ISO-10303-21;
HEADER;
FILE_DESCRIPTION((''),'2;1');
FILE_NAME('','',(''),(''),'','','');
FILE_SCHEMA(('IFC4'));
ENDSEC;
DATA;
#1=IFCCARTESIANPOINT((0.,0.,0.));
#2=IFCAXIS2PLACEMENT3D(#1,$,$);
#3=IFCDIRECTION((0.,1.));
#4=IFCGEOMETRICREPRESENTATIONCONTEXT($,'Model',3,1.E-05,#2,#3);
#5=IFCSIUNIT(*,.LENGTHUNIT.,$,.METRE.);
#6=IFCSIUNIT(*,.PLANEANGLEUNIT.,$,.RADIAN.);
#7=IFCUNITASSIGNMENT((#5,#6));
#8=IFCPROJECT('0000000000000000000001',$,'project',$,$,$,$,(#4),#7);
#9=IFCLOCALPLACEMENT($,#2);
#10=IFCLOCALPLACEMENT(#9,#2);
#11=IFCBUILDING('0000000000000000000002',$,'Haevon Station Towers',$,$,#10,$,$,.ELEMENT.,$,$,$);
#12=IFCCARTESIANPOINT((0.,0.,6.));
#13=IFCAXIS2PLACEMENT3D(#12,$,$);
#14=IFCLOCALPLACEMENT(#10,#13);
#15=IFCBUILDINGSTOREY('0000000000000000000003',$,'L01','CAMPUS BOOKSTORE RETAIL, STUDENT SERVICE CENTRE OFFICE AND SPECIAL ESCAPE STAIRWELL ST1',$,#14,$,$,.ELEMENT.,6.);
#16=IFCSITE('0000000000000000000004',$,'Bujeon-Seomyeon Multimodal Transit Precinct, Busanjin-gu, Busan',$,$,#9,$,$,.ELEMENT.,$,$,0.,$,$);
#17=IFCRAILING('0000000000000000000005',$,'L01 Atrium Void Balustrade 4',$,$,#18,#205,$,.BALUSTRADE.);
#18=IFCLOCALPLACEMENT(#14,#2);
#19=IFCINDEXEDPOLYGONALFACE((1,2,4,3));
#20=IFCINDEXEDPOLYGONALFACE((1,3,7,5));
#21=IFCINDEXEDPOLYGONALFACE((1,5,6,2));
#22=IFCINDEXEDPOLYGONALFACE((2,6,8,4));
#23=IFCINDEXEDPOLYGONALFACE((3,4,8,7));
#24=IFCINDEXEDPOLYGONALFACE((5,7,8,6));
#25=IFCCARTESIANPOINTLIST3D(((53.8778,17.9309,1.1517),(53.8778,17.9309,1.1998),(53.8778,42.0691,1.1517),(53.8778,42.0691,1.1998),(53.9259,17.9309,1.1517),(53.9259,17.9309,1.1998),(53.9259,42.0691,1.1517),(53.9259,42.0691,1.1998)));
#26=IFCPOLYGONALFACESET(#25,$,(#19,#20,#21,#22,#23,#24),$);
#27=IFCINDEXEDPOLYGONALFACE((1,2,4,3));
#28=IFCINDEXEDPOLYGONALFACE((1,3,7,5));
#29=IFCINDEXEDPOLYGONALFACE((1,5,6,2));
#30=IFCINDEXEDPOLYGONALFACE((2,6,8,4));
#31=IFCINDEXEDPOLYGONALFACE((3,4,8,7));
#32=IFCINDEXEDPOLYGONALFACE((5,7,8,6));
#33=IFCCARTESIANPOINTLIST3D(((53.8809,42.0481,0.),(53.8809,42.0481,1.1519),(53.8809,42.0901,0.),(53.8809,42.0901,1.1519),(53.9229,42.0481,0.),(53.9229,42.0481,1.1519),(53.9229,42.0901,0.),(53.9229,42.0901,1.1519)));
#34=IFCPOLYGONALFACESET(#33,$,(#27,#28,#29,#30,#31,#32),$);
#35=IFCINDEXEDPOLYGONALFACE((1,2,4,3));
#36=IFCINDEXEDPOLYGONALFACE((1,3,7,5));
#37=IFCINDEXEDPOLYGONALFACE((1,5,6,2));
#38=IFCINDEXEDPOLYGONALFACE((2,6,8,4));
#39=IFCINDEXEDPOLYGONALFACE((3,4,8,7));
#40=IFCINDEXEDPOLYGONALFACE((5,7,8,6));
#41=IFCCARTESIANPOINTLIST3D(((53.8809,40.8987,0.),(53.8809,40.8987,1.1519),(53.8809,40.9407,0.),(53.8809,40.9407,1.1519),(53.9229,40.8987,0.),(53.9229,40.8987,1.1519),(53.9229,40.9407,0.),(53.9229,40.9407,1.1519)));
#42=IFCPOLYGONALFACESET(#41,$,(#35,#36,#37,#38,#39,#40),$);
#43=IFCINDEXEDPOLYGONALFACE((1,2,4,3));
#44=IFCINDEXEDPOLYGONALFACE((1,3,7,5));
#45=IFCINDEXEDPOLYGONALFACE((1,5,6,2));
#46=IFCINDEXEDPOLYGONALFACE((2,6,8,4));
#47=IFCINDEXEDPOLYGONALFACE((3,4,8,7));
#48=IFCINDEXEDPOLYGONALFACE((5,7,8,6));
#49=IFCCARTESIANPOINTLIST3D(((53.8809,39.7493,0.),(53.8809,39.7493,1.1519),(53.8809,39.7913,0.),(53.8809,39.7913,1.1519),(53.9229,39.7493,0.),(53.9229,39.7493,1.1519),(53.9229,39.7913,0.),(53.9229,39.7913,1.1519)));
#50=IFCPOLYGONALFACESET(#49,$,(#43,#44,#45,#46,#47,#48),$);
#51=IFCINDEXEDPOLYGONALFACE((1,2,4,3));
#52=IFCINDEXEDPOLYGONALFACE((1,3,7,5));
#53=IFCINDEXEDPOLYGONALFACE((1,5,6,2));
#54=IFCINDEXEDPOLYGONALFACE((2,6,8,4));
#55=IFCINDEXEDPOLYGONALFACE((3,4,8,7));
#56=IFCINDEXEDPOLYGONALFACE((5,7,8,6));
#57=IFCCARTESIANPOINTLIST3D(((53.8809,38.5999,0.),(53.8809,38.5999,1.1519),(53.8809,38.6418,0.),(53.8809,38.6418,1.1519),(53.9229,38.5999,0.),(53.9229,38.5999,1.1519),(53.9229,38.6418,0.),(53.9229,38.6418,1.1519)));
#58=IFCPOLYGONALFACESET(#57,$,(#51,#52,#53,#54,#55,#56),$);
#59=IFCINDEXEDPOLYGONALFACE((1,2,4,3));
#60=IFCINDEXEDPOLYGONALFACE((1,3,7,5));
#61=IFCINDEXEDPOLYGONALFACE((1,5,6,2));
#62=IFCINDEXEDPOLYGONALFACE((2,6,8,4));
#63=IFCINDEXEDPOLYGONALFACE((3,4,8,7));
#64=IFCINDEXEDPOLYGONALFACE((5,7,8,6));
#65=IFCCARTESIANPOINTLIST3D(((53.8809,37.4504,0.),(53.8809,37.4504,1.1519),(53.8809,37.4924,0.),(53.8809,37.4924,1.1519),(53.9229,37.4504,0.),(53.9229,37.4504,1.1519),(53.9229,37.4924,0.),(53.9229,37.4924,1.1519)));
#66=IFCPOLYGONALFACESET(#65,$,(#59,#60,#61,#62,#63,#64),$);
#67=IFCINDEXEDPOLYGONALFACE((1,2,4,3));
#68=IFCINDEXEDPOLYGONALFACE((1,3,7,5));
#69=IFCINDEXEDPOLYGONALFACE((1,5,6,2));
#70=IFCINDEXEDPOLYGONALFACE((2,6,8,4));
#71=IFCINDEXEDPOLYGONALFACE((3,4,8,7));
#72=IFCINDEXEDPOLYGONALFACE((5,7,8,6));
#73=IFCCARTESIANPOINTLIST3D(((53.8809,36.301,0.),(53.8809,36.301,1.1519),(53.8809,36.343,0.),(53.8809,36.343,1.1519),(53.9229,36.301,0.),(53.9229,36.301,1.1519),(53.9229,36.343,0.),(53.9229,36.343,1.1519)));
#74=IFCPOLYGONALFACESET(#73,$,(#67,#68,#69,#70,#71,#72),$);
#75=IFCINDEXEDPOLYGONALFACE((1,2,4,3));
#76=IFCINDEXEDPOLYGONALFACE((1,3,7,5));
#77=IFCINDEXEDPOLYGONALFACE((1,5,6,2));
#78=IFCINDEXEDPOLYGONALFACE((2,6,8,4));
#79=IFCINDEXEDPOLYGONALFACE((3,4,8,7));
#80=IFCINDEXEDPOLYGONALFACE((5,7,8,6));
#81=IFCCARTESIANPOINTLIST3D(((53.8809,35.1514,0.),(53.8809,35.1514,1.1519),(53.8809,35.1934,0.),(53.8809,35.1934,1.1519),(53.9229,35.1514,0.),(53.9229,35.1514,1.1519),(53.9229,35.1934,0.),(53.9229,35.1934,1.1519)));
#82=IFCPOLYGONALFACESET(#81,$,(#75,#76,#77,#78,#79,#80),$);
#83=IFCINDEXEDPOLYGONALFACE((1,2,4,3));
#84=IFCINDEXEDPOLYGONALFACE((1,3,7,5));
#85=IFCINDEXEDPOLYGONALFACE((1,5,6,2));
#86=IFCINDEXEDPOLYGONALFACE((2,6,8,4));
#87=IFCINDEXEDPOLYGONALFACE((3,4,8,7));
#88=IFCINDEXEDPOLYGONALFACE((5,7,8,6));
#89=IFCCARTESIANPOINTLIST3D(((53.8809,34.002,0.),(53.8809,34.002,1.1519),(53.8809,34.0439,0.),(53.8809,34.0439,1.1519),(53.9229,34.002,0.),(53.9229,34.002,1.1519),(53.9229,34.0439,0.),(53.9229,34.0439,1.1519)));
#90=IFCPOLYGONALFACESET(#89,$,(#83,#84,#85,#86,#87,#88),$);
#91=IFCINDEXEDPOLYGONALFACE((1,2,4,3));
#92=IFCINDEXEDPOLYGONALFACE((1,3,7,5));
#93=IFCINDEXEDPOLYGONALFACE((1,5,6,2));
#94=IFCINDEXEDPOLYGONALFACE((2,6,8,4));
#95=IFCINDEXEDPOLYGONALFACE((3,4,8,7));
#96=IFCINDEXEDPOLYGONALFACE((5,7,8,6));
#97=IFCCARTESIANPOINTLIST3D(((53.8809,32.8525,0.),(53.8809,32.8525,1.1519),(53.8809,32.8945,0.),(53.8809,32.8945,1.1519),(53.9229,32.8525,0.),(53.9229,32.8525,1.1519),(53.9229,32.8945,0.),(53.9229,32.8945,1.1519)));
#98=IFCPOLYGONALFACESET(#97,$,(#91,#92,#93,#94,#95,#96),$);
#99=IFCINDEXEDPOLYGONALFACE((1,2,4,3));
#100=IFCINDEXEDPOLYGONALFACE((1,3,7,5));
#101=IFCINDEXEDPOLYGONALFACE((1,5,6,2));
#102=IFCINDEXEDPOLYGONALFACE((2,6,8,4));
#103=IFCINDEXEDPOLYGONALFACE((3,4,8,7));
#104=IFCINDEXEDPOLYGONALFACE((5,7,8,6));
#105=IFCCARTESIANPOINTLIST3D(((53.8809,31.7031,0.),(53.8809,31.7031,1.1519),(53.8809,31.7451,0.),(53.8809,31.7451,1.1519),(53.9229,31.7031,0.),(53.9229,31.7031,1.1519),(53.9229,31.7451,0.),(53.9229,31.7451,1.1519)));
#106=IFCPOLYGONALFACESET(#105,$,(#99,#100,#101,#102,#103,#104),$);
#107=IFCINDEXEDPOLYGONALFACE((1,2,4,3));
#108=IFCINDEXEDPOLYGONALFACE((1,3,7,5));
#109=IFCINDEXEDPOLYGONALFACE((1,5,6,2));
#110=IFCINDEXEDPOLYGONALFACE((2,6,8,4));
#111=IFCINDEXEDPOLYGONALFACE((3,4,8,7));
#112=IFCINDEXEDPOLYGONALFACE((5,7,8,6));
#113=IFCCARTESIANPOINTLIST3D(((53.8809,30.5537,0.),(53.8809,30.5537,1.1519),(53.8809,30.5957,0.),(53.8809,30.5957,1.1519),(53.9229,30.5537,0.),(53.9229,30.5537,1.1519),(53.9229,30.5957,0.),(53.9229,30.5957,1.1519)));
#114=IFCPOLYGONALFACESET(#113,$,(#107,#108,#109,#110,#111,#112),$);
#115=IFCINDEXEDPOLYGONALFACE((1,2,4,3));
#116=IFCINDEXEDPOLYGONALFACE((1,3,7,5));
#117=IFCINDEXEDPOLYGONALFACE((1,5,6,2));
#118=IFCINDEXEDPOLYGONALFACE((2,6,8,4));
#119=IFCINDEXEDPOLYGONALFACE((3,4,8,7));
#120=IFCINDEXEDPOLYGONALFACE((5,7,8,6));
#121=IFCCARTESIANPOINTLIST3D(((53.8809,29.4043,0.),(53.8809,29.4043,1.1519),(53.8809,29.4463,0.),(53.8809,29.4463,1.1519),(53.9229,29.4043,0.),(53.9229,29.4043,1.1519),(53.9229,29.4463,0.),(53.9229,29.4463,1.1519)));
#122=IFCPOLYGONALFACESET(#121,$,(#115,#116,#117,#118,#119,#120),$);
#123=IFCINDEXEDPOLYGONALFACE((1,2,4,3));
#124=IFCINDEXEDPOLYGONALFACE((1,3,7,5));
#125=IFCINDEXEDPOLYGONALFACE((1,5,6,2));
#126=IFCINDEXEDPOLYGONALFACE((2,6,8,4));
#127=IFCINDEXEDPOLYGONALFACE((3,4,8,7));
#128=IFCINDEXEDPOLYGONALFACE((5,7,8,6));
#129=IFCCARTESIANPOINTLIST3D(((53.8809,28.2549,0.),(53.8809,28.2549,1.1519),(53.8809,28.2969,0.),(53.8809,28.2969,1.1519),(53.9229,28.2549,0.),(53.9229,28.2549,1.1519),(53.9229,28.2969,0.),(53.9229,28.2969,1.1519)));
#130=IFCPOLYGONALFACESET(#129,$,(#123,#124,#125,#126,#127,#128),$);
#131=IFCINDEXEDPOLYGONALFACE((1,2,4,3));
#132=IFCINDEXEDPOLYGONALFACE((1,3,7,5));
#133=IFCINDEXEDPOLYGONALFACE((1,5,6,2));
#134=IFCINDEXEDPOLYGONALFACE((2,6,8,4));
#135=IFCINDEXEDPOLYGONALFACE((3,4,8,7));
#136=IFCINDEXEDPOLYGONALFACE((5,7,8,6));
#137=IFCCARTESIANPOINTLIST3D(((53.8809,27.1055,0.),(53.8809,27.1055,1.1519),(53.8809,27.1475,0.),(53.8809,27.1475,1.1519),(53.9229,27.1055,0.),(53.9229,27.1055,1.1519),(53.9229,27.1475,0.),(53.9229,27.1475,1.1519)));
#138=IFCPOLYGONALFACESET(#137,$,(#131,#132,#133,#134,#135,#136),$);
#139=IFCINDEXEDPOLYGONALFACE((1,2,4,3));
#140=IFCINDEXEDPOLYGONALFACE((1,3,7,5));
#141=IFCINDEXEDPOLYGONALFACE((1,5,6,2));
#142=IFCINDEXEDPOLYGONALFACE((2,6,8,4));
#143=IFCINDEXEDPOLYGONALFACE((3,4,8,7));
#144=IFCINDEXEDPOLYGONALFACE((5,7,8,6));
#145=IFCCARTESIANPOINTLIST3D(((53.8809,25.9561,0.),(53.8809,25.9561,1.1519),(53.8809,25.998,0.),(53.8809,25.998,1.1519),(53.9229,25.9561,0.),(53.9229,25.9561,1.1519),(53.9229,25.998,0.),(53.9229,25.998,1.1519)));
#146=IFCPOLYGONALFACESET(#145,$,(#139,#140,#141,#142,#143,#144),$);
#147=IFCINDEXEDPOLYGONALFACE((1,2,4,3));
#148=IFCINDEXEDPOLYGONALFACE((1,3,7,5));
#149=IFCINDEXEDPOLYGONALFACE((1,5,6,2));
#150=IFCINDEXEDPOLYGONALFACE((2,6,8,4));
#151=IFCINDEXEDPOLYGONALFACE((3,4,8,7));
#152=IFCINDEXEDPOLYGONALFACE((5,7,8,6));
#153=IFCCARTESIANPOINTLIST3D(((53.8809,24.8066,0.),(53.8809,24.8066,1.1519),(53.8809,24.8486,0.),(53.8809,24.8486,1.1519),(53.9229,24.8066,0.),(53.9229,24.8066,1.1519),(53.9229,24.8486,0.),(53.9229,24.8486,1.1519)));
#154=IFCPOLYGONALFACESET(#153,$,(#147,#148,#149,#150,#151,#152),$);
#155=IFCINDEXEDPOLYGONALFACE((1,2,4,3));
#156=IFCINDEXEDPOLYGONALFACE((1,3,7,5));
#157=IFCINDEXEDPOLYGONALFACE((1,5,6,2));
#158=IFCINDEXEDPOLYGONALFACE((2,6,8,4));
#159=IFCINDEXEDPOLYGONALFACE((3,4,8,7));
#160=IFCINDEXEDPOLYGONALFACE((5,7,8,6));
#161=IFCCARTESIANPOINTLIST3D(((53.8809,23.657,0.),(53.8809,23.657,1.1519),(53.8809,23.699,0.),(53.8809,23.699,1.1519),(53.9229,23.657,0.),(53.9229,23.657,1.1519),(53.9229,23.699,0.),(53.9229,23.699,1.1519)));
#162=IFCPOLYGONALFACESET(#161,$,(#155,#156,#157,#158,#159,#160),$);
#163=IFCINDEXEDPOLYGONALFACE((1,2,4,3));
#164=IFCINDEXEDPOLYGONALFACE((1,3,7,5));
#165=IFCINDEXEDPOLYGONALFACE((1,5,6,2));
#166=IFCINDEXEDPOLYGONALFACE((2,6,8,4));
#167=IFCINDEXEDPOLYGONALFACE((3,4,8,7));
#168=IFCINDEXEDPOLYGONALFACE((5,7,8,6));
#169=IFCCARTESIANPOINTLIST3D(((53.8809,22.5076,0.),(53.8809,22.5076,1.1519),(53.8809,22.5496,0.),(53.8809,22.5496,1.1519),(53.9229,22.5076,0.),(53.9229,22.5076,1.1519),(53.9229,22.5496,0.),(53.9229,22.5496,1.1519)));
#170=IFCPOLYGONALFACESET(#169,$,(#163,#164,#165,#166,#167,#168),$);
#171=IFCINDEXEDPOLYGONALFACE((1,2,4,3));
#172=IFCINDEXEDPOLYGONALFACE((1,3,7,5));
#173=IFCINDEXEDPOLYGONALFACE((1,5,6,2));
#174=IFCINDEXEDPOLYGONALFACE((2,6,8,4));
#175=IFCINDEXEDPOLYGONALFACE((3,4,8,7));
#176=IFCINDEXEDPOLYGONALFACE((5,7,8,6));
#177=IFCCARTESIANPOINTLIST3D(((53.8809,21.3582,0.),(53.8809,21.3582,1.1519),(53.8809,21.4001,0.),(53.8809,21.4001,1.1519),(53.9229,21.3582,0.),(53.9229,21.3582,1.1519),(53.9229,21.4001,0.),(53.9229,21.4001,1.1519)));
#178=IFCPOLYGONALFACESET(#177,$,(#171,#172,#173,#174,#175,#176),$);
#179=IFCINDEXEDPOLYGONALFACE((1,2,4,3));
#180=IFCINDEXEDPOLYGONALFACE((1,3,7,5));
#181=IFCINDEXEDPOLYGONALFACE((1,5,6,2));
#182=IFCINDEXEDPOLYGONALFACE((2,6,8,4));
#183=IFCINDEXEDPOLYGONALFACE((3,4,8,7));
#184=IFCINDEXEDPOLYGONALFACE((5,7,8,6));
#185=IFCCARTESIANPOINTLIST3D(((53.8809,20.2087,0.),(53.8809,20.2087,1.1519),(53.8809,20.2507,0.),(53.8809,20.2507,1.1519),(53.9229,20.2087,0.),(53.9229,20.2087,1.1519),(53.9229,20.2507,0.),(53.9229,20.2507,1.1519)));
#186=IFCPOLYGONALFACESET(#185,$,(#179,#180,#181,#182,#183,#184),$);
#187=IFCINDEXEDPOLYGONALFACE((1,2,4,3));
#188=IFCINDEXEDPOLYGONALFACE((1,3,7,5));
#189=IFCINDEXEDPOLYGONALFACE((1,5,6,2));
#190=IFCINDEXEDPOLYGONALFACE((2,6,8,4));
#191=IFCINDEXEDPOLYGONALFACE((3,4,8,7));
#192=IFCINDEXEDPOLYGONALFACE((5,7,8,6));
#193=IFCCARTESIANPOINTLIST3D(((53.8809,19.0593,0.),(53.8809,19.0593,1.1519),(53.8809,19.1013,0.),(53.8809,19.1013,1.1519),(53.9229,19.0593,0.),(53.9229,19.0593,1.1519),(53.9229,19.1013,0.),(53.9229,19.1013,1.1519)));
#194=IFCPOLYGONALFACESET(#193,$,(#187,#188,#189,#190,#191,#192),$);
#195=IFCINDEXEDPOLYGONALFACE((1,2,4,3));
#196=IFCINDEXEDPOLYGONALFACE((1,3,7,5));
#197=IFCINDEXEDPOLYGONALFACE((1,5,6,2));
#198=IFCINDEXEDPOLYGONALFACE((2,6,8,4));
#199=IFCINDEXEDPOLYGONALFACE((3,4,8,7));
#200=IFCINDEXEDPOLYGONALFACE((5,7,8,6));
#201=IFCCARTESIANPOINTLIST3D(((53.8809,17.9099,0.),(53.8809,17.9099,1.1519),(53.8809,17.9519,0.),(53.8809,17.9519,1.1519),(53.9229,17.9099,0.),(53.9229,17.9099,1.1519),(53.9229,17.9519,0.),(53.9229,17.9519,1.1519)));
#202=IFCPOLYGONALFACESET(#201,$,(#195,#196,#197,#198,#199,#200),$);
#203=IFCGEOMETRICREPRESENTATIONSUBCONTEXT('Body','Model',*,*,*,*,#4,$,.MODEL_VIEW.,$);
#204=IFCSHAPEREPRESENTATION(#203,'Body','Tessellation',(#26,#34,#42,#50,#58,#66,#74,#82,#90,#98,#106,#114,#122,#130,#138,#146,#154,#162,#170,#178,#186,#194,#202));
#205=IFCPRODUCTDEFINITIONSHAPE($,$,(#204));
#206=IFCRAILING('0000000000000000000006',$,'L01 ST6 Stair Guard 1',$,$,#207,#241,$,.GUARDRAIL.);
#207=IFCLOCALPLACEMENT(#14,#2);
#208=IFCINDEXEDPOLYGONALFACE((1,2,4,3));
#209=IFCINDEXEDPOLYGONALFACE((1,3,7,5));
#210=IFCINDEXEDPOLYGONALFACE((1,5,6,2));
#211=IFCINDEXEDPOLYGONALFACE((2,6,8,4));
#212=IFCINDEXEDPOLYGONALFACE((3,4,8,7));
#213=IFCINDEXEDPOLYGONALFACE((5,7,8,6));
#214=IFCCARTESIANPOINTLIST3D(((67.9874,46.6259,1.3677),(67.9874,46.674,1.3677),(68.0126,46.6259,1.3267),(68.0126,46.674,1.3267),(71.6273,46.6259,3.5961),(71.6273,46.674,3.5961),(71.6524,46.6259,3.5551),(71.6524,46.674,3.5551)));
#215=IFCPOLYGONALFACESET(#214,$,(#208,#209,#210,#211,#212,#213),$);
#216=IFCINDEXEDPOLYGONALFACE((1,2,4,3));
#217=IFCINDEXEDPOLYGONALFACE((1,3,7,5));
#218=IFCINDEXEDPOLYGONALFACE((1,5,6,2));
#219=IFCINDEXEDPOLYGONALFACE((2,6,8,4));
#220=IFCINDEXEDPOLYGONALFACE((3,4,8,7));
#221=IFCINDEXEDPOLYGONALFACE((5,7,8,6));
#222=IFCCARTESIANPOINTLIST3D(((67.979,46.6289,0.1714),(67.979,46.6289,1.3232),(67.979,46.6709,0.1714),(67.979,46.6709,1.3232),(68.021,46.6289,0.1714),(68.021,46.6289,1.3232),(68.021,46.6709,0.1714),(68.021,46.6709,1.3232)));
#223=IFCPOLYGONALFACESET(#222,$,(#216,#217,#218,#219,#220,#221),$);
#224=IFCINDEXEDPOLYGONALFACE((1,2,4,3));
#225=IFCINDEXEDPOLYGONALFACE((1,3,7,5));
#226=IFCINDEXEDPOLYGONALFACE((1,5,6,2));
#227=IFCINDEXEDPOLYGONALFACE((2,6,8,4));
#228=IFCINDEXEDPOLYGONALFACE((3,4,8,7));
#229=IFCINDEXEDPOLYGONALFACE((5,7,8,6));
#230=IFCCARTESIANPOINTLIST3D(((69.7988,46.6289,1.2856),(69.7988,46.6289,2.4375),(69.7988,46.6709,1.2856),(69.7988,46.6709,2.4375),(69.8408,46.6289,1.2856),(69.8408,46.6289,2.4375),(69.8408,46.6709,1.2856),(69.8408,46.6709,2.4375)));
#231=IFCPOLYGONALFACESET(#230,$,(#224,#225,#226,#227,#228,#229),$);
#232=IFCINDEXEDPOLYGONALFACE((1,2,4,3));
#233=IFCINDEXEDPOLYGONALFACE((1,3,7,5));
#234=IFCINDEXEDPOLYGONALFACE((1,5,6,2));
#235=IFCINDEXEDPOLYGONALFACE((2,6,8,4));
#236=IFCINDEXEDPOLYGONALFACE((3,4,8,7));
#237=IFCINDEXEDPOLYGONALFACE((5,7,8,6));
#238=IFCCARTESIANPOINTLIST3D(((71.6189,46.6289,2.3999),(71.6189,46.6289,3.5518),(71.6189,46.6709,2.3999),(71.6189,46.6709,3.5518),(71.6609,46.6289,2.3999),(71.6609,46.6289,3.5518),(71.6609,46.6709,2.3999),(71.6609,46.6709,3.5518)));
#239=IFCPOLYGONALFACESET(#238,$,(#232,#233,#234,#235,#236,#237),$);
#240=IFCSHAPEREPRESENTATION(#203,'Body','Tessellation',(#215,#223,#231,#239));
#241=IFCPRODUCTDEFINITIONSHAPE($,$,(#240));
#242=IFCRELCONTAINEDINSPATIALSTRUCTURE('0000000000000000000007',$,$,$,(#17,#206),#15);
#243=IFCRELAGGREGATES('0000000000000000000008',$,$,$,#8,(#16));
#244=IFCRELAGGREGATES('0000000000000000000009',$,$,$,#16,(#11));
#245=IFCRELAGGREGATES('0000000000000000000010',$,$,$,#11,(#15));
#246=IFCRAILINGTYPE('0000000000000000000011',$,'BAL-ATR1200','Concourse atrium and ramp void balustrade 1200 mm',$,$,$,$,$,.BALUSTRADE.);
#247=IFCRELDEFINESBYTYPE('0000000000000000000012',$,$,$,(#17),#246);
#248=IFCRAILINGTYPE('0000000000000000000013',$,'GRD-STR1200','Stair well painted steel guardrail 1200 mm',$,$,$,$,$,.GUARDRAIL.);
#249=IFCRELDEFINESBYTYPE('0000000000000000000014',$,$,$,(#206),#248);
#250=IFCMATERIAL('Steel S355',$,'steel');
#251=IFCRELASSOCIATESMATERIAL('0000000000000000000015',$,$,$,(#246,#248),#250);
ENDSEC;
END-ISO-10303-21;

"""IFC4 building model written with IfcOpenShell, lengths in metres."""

from ifc_helpers import new_model, si_unit, direction, frame, origin, origin_2d, place, context, subcontext, project, spatial, rectangle, extrude, material, type_object, element, save


model = new_model("IFC4")

# Units and contexts
model_context = context("Model", 3, precision=1e-05, world=origin(), true_north=direction((0.0, 1.0)))
body_context = subcontext(model_context, "Body", "Model", "MODEL_VIEW")
ifc_project = project(units=[si_unit("LENGTHUNIT", "METRE"), si_unit("PLANEANGLEUNIT", "RADIAN")], contexts=[model_context])

# Site, building, storey
site_placement = place(None, origin())
site = spatial("IfcSite", under=ifc_project, at=site_placement, Name="Bujeon-Seomyeon Multimodal Transit Precinct, Busanjin-gu, Busan", CompositionType="ELEMENT", RefElevation=0.0)
building_placement = place(site_placement, origin())
building = spatial("IfcBuilding", under=site, at=building_placement, Name="Haevon Station Towers", CompositionType="ELEMENT")
storey_placement = place(building_placement, frame((0.0, 0.0, 6.0)))
storey = spatial("IfcBuildingStorey", under=building, at=storey_placement, Name="L01", Description="CAMPUS BOOKSTORE RETAIL, STUDENT SERVICE CENTRE OFFICE AND SPECIAL ESCAPE STAIRWELL ST1", CompositionType="ELEMENT", Elevation=6.0)

# Shared definitions
ifc_material_1 = material(Name="Steel S355", Category="steel")

# Railings
railing_type_1 = type_object("IfcRailingType", Name="BAL-ATR1200", Description="Concourse atrium and ramp void balustrade 1200 mm", PredefinedType="BALUSTRADE", material=ifc_material_1)
railing_1_placement = place(storey_placement, frame((53.9019, 42.0691, 0.0)))
element("IfcRailing", 1, at=railing_1_placement, inside=storey, type_object=railing_type_1, Name="L01 Atrium Void Balustrade 4", PredefinedType="BALUSTRADE", context=body_context, shape_type="SweptSolid", body=[
    extrude(rectangle(XDim=0.0481, YDim=0.0481, at=origin_2d()), frame((0.0, 0.0, 1.1758), z_axis=(0.0, -1.0, 0.0), x_axis=(1.0, 0.0, 0.0)), (0.0, 0.0, 1.0), 24.1382),
    extrude(rectangle(XDim=0.042, YDim=0.042, at=origin_2d()), origin(), (0.0, 0.0, 1.0), 1.1519),
    extrude(rectangle(XDim=0.042, YDim=0.042, at=origin_2d()), frame((0.0, -1.1494, 0.0)), (0.0, 0.0, 1.0), 1.1519),
    extrude(rectangle(XDim=0.042, YDim=0.042, at=origin_2d()), frame((0.0, -2.2988, 0.0)), (0.0, 0.0, 1.0), 1.1519),
    extrude(rectangle(XDim=0.042, YDim=0.042, at=origin_2d()), frame((0.0, -3.4482, 0.0)), (0.0, 0.0, 1.0), 1.1519),
    extrude(rectangle(XDim=0.042, YDim=0.042, at=origin_2d()), frame((0.0, -4.5977, 0.0)), (0.0, 0.0, 1.0), 1.1519),
    extrude(rectangle(XDim=0.042, YDim=0.042, at=origin_2d()), frame((0.0, -5.7471, 0.0)), (0.0, 0.0, 1.0), 1.1519),
    extrude(rectangle(XDim=0.042, YDim=0.042, at=origin_2d()), frame((0.0, -6.8967, 0.0)), (0.0, 0.0, 1.0), 1.1519),
    extrude(rectangle(XDim=0.042, YDim=0.042, at=origin_2d()), frame((0.0, -8.0461, 0.0)), (0.0, 0.0, 1.0), 1.1519),
    extrude(rectangle(XDim=0.042, YDim=0.042, at=origin_2d()), frame((0.0, -9.1956, 0.0)), (0.0, 0.0, 1.0), 1.1519),
    extrude(rectangle(XDim=0.042, YDim=0.042, at=origin_2d()), frame((0.0, -10.345, 0.0)), (0.0, 0.0, 1.0), 1.1519),
    extrude(rectangle(XDim=0.042, YDim=0.042, at=origin_2d()), frame((0.0, -11.4944, 0.0)), (0.0, 0.0, 1.0), 1.1519),
    extrude(rectangle(XDim=0.042, YDim=0.042, at=origin_2d()), frame((0.0, -12.6438, 0.0)), (0.0, 0.0, 1.0), 1.1519),
    extrude(rectangle(XDim=0.042, YDim=0.042, at=origin_2d()), frame((0.0, -13.7932, 0.0)), (0.0, 0.0, 1.0), 1.1519),
    extrude(rectangle(XDim=0.042, YDim=0.042, at=origin_2d()), frame((0.0, -14.9426, 0.0)), (0.0, 0.0, 1.0), 1.1519),
    extrude(rectangle(XDim=0.042, YDim=0.042, at=origin_2d()), frame((0.0, -16.092, 0.0)), (0.0, 0.0, 1.0), 1.1519),
    extrude(rectangle(XDim=0.042, YDim=0.042, at=origin_2d()), frame((0.0, -17.2415, 0.0)), (0.0, 0.0, 1.0), 1.1519),
    extrude(rectangle(XDim=0.042, YDim=0.042, at=origin_2d()), frame((0.0, -18.3911, 0.0)), (0.0, 0.0, 1.0), 1.1519),
    extrude(rectangle(XDim=0.042, YDim=0.042, at=origin_2d()), frame((0.0, -19.5405, 0.0)), (0.0, 0.0, 1.0), 1.1519),
    extrude(rectangle(XDim=0.042, YDim=0.042, at=origin_2d()), frame((0.0, -20.6899, 0.0)), (0.0, 0.0, 1.0), 1.1519),
    extrude(rectangle(XDim=0.042, YDim=0.042, at=origin_2d()), frame((0.0, -21.8394, 0.0)), (0.0, 0.0, 1.0), 1.1519),
    extrude(rectangle(XDim=0.042, YDim=0.042, at=origin_2d()), frame((0.0, -22.9888, 0.0)), (0.0, 0.0, 1.0), 1.1519),
    extrude(rectangle(XDim=0.042, YDim=0.042, at=origin_2d()), frame((0.0, -24.1382, 0.0)), (0.0, 0.0, 1.0), 1.1519),
])
railing_type_2 = type_object("IfcRailingType", Name="GRD-STR1200", Description="Stair well painted steel guardrail 1200 mm", PredefinedType="GUARDRAIL", material=ifc_material_1)
railing_2_placement = place(storey_placement, frame((68.0, 46.6499, 0.1714)))
element("IfcRailing", 2, at=railing_2_placement, inside=storey, type_object=railing_type_2, Name="L01 ST6 Stair Guard 1", PredefinedType="GUARDRAIL", context=body_context, shape_type="SweptSolid", body=[
    extrude(rectangle(XDim=0.0481, YDim=0.0481, at=origin_2d()), frame((0.0, 0.0, 1.1758), z_axis=(0.85285, 0.0, 0.522156), x_axis=(0.0, 1.0, 0.0)), (0.0, 0.0, 1.0), 4.2678),
    extrude(rectangle(XDim=0.042, YDim=0.042, at=origin_2d()), origin(), (0.0, 0.0, 1.0), 1.1519),
    extrude(rectangle(XDim=0.042, YDim=0.042, at=origin_2d()), frame((1.8198, 0.0, 1.1143)), (0.0, 0.0, 1.0), 1.1519),
    extrude(rectangle(XDim=0.042, YDim=0.042, at=origin_2d()), frame((3.6399, 0.0, 2.2285)), (0.0, 0.0, 1.0), 1.1519),
])

save(model, "model.ifc")
